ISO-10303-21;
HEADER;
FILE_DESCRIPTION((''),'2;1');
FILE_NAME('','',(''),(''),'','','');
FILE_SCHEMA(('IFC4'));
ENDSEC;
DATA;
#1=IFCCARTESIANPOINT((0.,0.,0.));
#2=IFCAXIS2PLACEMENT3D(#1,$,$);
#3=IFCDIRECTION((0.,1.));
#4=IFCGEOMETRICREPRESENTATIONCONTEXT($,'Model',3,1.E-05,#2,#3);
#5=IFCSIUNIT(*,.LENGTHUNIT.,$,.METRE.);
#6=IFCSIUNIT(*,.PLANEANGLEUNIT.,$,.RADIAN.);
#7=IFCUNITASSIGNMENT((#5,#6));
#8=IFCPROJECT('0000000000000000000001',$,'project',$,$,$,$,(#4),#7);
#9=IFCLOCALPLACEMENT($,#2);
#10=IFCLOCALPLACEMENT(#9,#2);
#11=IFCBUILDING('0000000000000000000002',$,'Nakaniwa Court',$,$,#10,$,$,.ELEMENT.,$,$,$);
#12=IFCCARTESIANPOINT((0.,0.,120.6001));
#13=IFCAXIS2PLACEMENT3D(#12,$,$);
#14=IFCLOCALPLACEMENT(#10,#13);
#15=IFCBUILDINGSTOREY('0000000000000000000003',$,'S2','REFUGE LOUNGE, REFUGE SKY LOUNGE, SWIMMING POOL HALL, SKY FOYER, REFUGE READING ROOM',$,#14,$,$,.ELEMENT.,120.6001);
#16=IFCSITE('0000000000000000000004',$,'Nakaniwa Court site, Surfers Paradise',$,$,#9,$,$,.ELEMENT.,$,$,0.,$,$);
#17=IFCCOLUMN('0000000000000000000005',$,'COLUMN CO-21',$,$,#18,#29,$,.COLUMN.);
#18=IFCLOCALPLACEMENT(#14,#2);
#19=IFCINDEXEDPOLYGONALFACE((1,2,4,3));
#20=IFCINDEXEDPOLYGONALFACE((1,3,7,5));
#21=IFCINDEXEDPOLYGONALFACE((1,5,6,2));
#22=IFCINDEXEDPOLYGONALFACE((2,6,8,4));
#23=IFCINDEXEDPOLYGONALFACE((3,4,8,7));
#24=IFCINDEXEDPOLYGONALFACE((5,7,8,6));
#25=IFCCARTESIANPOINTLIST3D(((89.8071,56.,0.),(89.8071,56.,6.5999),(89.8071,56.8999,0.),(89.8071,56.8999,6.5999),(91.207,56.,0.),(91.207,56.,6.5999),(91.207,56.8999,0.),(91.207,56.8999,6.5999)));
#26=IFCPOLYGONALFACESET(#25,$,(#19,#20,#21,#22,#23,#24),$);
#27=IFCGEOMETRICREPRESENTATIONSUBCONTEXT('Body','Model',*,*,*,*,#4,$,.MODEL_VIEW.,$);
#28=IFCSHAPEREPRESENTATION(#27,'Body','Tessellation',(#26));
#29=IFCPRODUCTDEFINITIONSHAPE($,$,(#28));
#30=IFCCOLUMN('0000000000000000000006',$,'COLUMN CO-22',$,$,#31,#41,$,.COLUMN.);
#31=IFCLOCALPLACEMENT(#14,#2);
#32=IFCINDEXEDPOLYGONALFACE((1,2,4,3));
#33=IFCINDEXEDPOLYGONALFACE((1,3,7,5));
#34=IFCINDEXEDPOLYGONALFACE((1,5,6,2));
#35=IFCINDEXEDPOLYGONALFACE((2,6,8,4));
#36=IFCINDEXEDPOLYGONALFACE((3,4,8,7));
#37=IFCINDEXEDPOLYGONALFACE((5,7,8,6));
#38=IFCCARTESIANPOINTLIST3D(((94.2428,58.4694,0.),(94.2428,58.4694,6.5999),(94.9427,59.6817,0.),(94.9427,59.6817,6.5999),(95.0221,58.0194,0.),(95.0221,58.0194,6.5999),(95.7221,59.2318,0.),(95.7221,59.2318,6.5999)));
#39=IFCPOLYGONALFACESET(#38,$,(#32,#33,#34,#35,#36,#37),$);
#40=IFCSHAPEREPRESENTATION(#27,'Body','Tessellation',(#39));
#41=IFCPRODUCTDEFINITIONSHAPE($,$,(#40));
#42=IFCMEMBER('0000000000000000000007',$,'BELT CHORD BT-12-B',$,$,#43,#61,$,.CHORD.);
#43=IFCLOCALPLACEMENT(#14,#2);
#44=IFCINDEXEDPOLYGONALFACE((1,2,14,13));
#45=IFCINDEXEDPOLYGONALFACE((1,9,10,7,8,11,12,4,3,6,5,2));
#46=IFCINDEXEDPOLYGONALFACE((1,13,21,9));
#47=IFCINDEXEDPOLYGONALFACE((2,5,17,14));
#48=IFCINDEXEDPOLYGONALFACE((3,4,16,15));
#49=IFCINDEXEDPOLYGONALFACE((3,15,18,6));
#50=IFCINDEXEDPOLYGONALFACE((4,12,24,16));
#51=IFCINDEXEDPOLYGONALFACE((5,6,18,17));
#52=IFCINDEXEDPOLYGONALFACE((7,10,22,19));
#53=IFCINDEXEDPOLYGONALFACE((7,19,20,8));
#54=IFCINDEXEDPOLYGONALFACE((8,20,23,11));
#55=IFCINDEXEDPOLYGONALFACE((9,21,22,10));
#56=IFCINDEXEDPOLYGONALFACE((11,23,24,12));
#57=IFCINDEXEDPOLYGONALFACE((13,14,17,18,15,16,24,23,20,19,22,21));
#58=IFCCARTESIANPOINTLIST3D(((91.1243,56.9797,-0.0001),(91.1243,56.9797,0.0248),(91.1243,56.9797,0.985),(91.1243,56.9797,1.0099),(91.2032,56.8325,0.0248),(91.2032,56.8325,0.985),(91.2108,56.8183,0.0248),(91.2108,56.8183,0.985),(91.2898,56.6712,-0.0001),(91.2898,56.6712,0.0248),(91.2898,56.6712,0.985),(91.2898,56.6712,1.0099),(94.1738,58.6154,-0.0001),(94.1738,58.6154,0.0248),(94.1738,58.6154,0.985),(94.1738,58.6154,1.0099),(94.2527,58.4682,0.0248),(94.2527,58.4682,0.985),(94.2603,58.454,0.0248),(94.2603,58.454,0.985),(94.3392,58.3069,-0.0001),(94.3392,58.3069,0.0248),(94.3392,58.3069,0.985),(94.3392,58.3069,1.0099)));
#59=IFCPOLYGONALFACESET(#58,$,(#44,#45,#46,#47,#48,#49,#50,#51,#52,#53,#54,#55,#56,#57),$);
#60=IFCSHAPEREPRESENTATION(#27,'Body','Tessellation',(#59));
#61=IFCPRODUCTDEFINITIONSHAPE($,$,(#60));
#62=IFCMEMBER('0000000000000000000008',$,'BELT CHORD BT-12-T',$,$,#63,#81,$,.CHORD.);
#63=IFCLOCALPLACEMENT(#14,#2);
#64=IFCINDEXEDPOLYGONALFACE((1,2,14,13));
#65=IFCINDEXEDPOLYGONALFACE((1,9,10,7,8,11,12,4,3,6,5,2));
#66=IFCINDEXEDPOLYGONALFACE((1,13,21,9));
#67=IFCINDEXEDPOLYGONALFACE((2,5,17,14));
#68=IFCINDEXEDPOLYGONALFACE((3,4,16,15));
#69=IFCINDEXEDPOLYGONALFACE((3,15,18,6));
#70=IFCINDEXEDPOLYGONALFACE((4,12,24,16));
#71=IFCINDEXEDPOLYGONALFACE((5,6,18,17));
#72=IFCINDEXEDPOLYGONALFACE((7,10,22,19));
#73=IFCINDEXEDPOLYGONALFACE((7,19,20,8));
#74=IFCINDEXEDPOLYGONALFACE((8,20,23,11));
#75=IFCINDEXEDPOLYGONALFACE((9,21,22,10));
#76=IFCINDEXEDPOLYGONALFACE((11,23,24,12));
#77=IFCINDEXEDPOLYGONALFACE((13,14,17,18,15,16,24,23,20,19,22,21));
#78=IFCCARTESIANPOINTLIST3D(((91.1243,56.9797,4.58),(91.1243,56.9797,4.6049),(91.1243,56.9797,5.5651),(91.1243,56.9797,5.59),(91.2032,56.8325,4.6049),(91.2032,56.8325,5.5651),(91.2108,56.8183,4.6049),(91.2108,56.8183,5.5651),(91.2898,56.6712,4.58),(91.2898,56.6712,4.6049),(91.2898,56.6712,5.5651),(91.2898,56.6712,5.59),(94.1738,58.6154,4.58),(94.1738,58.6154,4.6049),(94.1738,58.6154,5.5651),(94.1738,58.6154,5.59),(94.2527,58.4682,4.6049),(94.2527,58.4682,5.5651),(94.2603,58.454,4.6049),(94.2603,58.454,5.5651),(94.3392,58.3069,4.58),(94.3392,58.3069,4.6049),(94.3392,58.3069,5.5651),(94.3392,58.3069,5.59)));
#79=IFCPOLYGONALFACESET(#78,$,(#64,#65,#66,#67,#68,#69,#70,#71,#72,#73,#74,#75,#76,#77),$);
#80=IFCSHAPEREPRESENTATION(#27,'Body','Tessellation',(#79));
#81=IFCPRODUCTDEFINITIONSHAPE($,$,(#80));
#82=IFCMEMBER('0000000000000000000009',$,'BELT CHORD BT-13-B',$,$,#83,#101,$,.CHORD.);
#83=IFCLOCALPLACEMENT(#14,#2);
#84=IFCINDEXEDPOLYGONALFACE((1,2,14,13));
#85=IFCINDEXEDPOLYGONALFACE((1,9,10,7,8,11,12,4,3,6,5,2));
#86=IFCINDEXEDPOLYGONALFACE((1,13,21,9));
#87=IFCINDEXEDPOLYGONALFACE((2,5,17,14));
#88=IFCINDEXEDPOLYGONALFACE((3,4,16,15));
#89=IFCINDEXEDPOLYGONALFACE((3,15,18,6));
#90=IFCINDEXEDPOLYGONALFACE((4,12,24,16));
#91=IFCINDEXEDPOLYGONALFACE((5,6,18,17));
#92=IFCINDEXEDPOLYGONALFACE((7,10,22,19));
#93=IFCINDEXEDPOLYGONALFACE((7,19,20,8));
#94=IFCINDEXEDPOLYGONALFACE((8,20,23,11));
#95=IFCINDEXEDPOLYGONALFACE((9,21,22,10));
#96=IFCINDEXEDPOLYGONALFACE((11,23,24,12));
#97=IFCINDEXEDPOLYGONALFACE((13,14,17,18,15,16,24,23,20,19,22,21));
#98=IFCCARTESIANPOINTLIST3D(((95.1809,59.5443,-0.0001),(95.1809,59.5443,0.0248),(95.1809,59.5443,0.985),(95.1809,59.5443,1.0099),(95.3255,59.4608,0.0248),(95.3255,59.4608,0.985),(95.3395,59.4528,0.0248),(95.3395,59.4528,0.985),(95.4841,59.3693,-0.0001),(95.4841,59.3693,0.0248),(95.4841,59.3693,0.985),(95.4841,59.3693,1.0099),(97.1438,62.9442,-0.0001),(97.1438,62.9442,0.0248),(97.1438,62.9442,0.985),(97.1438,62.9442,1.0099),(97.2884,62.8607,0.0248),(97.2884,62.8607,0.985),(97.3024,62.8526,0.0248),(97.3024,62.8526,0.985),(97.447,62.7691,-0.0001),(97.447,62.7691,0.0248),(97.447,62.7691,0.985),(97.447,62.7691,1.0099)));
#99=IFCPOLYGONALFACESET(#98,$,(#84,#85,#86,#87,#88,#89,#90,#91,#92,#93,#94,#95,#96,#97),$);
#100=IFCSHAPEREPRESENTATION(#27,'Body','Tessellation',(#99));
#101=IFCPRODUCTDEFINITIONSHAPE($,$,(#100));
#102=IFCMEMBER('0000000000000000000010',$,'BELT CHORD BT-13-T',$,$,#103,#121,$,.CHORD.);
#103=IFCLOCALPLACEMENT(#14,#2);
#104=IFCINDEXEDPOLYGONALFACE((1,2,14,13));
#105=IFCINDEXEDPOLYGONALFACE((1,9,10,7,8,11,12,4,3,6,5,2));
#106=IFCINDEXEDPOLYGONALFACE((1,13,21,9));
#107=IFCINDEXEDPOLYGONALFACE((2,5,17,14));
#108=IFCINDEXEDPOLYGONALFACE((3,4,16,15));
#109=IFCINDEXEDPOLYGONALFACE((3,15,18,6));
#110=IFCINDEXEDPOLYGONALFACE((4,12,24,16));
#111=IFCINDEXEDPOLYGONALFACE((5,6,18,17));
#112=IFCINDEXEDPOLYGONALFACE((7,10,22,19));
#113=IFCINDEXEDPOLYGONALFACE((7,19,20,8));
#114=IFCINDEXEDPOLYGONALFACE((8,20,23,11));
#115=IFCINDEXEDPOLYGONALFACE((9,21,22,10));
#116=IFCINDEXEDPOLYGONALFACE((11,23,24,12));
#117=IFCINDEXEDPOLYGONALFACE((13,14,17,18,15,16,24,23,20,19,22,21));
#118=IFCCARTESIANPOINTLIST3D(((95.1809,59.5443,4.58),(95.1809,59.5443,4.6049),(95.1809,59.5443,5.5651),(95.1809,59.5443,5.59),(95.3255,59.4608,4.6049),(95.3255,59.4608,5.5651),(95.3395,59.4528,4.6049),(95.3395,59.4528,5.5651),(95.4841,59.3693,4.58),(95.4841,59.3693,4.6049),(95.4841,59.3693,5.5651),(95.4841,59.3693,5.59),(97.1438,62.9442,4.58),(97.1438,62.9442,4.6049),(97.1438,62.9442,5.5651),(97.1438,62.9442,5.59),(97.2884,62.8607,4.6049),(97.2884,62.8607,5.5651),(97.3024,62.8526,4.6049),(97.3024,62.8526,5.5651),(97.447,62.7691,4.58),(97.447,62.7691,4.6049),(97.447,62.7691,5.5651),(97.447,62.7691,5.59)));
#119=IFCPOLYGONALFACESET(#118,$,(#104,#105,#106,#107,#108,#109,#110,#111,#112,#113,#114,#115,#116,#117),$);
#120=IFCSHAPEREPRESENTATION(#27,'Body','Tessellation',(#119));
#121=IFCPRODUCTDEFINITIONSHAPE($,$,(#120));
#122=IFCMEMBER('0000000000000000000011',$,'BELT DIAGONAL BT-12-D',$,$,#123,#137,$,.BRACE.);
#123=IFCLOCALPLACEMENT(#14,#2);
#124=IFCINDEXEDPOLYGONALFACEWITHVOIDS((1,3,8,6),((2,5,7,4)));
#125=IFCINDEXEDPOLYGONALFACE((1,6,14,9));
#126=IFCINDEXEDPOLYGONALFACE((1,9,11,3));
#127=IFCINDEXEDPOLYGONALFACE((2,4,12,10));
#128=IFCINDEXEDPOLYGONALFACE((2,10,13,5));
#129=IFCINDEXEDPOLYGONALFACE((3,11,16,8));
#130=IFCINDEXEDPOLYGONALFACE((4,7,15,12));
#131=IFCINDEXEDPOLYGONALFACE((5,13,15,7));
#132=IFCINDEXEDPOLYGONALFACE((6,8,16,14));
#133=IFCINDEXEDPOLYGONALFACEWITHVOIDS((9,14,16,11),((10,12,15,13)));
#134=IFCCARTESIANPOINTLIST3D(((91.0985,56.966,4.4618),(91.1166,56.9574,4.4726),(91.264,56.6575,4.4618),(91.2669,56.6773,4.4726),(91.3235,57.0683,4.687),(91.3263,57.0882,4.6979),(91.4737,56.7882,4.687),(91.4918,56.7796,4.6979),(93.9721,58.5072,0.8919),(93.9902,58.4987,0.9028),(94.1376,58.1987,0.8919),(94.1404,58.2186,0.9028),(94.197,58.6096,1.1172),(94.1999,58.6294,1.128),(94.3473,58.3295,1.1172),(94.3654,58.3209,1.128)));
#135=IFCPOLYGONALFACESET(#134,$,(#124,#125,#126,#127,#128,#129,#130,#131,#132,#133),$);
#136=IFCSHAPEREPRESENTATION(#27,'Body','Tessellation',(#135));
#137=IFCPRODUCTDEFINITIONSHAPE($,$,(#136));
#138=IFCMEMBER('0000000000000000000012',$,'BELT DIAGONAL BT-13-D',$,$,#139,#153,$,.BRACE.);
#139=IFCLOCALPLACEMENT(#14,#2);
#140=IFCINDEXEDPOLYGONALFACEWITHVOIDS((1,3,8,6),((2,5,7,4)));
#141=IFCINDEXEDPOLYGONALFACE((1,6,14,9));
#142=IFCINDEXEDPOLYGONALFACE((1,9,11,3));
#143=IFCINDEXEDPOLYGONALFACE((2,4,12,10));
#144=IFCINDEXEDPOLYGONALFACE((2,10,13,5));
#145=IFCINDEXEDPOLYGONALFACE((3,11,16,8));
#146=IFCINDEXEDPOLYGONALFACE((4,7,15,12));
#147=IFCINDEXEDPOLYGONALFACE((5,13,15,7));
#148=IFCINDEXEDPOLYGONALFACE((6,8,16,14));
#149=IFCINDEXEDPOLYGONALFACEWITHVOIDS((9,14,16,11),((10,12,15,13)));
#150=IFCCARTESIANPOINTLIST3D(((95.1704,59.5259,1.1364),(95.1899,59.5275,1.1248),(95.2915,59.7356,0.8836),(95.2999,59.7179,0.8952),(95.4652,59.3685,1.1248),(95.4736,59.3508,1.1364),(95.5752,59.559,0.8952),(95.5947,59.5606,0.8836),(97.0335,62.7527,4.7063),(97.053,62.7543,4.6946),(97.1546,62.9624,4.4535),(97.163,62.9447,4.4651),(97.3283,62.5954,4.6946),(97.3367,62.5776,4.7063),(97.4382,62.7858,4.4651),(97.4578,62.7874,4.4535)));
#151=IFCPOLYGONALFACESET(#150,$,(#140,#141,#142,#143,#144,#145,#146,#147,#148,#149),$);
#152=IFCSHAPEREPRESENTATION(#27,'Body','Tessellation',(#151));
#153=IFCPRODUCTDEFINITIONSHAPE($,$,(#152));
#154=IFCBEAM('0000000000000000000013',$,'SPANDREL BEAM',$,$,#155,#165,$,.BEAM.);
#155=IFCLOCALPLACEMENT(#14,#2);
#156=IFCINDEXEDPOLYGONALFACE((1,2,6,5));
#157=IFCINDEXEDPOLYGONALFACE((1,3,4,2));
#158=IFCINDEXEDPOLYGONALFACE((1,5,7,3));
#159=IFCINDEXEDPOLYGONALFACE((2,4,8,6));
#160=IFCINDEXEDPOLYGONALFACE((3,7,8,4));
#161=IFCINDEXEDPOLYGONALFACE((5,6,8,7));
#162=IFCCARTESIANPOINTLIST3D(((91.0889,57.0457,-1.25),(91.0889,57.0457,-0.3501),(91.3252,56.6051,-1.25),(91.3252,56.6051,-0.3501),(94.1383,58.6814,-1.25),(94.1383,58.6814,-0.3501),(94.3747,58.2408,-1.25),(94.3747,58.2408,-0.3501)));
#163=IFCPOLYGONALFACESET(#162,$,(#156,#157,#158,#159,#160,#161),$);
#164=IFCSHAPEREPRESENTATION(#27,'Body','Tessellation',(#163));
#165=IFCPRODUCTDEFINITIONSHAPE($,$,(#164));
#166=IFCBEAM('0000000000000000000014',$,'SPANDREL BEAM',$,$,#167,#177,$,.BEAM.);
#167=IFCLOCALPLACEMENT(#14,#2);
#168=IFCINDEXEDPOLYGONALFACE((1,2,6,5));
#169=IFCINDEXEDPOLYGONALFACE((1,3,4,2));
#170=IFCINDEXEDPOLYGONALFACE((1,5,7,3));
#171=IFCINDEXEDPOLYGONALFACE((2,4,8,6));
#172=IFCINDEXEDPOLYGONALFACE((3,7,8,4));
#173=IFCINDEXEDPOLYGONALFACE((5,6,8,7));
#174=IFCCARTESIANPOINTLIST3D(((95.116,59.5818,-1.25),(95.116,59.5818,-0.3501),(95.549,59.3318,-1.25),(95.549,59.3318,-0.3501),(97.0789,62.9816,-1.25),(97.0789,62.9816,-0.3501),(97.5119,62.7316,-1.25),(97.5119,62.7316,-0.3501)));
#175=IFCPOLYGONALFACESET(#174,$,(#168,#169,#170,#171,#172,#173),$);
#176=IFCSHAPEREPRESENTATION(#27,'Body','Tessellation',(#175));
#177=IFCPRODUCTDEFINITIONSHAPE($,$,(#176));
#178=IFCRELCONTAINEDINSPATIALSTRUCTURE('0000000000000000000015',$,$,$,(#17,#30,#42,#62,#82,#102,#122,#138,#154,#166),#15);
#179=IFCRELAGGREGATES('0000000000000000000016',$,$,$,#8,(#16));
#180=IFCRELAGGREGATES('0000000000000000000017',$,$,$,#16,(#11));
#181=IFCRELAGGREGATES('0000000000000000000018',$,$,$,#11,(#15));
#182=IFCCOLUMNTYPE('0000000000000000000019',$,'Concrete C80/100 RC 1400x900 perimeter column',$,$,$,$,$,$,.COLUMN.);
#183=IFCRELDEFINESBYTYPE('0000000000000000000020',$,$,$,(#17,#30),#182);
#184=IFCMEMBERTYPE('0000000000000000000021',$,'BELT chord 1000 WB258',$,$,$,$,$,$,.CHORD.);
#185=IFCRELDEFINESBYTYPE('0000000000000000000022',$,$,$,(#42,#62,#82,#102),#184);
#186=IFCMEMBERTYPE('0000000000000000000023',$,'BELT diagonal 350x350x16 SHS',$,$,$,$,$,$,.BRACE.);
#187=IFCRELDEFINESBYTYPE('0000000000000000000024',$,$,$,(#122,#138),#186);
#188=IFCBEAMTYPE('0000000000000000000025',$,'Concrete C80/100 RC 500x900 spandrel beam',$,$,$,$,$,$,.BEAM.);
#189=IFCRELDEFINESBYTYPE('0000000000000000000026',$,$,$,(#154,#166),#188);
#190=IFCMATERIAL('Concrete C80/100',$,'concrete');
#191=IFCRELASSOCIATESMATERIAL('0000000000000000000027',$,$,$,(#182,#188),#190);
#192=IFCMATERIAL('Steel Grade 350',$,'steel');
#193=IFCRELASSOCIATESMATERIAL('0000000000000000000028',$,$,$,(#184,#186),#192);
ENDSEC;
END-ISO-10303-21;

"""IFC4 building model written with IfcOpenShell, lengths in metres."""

from ifc_helpers import new_model, si_unit, direction, frame, origin, origin_2d, place, context, subcontext, project, spatial, rectangle, hollow_rectangle, i_section, extrude, material, material_profile, profile_set, type_object, element, save


model = new_model("IFC4")

# Units and contexts
model_context = context("Model", 3, precision=1e-05, world=origin(), true_north=direction((0.0, 1.0)))
body_context = subcontext(model_context, "Body", "Model", "MODEL_VIEW")
ifc_project = project(units=[si_unit("LENGTHUNIT", "METRE"), si_unit("PLANEANGLEUNIT", "RADIAN")], contexts=[model_context])

# Site, building, storey
site_placement = place(None, origin())
site = spatial("IfcSite", under=ifc_project, at=site_placement, Name="Nakaniwa Court site, Surfers Paradise", CompositionType="ELEMENT", RefElevation=0.0)
building_placement = place(site_placement, origin())
building = spatial("IfcBuilding", under=site, at=building_placement, Name="Nakaniwa Court", CompositionType="ELEMENT")
storey_placement = place(building_placement, frame((0.0, 0.0, 120.6001)))
storey = spatial("IfcBuildingStorey", under=building, at=storey_placement, Name="S2", Description="REFUGE LOUNGE, REFUGE SKY LOUNGE, SWIMMING POOL HALL, SKY FOYER, REFUGE READING ROOM", CompositionType="ELEMENT", Elevation=120.6001)

# Columns
ifc_material_1 = material(Name="Concrete C80/100", Category="concrete")
ifc_material_profile_1 = material_profile(ifc_material_1, rectangle(XDim=1.3999, YDim=0.8999, at=origin_2d()), Name="Concrete C80/100 RC 1400x900 perimeter column")
ifc_profile_set_1 = profile_set([ifc_material_profile_1], Name="Concrete C80/100")
column_type = type_object("IfcColumnType", Name="Concrete C80/100 RC 1400x900 perimeter column", PredefinedType="COLUMN", material=ifc_profile_set_1)
for number, where, z_axis, x_axis, name in (
    (1, (90.5071, 56.45, 0.0), (0.0, 0.0, 1.0), (1.0, 0.0, 0.0), "COLUMN CO-21"),
    (2, (94.9824, 58.8506, 0.0), (0.0, 0.0, 1.0), (0.5, 0.866025, 0.0), "COLUMN CO-22"),
):
    element("IfcColumn", number, at=place(storey_placement, frame(where, z_axis=z_axis, x_axis=x_axis)), inside=storey, type_object=column_type, Name=name, PredefinedType="COLUMN", context=body_context, shape_type="SweptSolid", body=[
        extrude(rectangle(XDim=1.3999, YDim=0.8999, at=origin_2d()), origin(), (0.0, 0.0, 1.0), 6.5999),
    ])

# Members
ifc_material_2 = material(Name="Steel Grade 350", Category="steel")
ifc_material_profile_2 = material_profile(ifc_material_2, i_section(OverallWidth=0.3501, OverallDepth=1.01, WebThickness=0.0161, FlangeThickness=0.0249, at=origin_2d()), Name="1000WB258")
ifc_profile_set_2 = profile_set([ifc_material_profile_2], Name="Steel Grade 350")
member_type_1 = type_object("IfcMemberType", Name="BELT chord 1000 WB258", PredefinedType="CHORD", material=ifc_profile_set_2)
for number, where, z_axis, x_axis, name in (
    (3, (91.207, 56.8254, 0.5049), (0.881233, 0.472681, 0.0), (-0.472681, 0.881233, 0.0), "BELT CHORD BT-12-B"),
    (4, (91.207, 56.8254, 5.085), (0.881233, 0.472681, 0.0), (-0.472681, 0.881233, 0.0), "BELT CHORD BT-12-T"),
):
    element("IfcMember", number, at=place(storey_placement, frame(where, z_axis=z_axis, x_axis=x_axis)), inside=storey, type_object=member_type_1, Name=name, PredefinedType="CHORD", context=body_context, shape_type="SweptSolid", body=[
        extrude(i_section(OverallWidth=0.3501, OverallDepth=1.01, WebThickness=0.0161, FlangeThickness=0.0249, at=origin_2d()), origin(), (0.0, 0.0, 1.0), 3.4604),
    ])
for number, where, z_axis, x_axis, name in (
    (5, (95.3325, 59.4568, 0.5049), (0.499992, 0.86603, 0.0), (-0.86603, 0.499992, 0.0), "BELT CHORD BT-13-B"),
    (6, (95.3325, 59.4568, 5.085), (0.499992, 0.86603, 0.0), (-0.86603, 0.499992, 0.0), "BELT CHORD BT-13-T"),
):
    element("IfcMember", number, at=place(storey_placement, frame(where, z_axis=z_axis, x_axis=x_axis)), inside=storey, type_object=member_type_1, Name=name, PredefinedType="CHORD", context=body_context, shape_type="SweptSolid", body=[
        extrude(i_section(OverallWidth=0.3501, OverallDepth=1.01, WebThickness=0.0161, FlangeThickness=0.0249, at=origin_2d()), origin(), (0.0, 0.0, 1.0), 3.9258),
    ])
ifc_material_profile_3 = material_profile(ifc_material_2, hollow_rectangle(XDim=0.3501, YDim=0.3501, WallThickness=0.0161, at=origin_2d()), Name="BELT diagonal 350x350x16 SHS")
ifc_profile_set_3 = profile_set([ifc_material_profile_3], Name="Steel Grade 350")
member_type_2 = type_object("IfcMemberType", Name="BELT diagonal 350x350x16 SHS", PredefinedType="BRACE", material=ifc_profile_set_3)
member_1_placement = place(storey_placement, frame((91.2952, 56.8728, 4.5798), z_axis=(0.594331, 0.318778, -0.738344), x_axis=(-0.472666, 0.881242, 0.0)))
element("IfcMember", 7, at=member_1_placement, inside=storey, type_object=member_type_2, Name="BELT DIAGONAL BT-12-D", PredefinedType="BRACE", context=body_context, shape_type="SweptSolid", body=[
    extrude(hollow_rectangle(XDim=0.3501, YDim=0.3501, WallThickness=0.0161, at=origin_2d()), origin(), (0.0, 0.0, 1.0), 4.835),
])
member_2_placement = place(storey_placement, frame((95.3826, 59.5432, 1.01), z_axis=(0.361045, 0.625336, 0.69181), x_axis=(-0.866021, 0.500008, 0.0)))
element("IfcMember", 8, at=member_2_placement, inside=storey, type_object=member_type_2, Name="BELT DIAGONAL BT-13-D", PredefinedType="BRACE", context=body_context, shape_type="SweptSolid", body=[
    extrude(hollow_rectangle(XDim=0.3501, YDim=0.3501, WallThickness=0.0161, at=origin_2d()), origin(), (0.0, 0.0, 1.0), 5.1602),
])

# Beams
ifc_material_profile_4 = material_profile(ifc_material_1, rectangle(XDim=0.5, YDim=0.8999, at=origin_2d()), Name="Concrete C80/100 RC 500x900 spandrel beam")
ifc_profile_set_4 = profile_set([ifc_material_profile_4], Name="Concrete C80/100")
beam_type = type_object("IfcBeamType", Name="Concrete C80/100 RC 500x900 spandrel beam", PredefinedType="BEAM", material=ifc_profile_set_4)
beam_1_placement = place(storey_placement, frame((91.207, 56.8254, -0.8), z_axis=(0.881233, 0.472681, 0.0), x_axis=(-0.472681, 0.881233, 0.0)))
element("IfcBeam", 9, at=beam_1_placement, inside=storey, type_object=beam_type, Name="SPANDREL BEAM", PredefinedType="BEAM", context=body_context, shape_type="SweptSolid", body=[
    extrude(rectangle(XDim=0.5, YDim=0.8999, at=origin_2d()), origin(), (0.0, 0.0, 1.0), 3.4604),
])
beam_2_placement = place(storey_placement, frame((95.3325, 59.4568, -0.8), z_axis=(0.499992, 0.86603, 0.0), x_axis=(-0.86603, 0.499992, 0.0)))
element("IfcBeam", 10, at=beam_2_placement, inside=storey, type_object=beam_type, Name="SPANDREL BEAM", PredefinedType="BEAM", context=body_context, shape_type="SweptSolid", body=[
    extrude(rectangle(XDim=0.5, YDim=0.8999, at=origin_2d()), origin(), (0.0, 0.0, 1.0), 3.9258),
])

save(model, "model.ifc")
